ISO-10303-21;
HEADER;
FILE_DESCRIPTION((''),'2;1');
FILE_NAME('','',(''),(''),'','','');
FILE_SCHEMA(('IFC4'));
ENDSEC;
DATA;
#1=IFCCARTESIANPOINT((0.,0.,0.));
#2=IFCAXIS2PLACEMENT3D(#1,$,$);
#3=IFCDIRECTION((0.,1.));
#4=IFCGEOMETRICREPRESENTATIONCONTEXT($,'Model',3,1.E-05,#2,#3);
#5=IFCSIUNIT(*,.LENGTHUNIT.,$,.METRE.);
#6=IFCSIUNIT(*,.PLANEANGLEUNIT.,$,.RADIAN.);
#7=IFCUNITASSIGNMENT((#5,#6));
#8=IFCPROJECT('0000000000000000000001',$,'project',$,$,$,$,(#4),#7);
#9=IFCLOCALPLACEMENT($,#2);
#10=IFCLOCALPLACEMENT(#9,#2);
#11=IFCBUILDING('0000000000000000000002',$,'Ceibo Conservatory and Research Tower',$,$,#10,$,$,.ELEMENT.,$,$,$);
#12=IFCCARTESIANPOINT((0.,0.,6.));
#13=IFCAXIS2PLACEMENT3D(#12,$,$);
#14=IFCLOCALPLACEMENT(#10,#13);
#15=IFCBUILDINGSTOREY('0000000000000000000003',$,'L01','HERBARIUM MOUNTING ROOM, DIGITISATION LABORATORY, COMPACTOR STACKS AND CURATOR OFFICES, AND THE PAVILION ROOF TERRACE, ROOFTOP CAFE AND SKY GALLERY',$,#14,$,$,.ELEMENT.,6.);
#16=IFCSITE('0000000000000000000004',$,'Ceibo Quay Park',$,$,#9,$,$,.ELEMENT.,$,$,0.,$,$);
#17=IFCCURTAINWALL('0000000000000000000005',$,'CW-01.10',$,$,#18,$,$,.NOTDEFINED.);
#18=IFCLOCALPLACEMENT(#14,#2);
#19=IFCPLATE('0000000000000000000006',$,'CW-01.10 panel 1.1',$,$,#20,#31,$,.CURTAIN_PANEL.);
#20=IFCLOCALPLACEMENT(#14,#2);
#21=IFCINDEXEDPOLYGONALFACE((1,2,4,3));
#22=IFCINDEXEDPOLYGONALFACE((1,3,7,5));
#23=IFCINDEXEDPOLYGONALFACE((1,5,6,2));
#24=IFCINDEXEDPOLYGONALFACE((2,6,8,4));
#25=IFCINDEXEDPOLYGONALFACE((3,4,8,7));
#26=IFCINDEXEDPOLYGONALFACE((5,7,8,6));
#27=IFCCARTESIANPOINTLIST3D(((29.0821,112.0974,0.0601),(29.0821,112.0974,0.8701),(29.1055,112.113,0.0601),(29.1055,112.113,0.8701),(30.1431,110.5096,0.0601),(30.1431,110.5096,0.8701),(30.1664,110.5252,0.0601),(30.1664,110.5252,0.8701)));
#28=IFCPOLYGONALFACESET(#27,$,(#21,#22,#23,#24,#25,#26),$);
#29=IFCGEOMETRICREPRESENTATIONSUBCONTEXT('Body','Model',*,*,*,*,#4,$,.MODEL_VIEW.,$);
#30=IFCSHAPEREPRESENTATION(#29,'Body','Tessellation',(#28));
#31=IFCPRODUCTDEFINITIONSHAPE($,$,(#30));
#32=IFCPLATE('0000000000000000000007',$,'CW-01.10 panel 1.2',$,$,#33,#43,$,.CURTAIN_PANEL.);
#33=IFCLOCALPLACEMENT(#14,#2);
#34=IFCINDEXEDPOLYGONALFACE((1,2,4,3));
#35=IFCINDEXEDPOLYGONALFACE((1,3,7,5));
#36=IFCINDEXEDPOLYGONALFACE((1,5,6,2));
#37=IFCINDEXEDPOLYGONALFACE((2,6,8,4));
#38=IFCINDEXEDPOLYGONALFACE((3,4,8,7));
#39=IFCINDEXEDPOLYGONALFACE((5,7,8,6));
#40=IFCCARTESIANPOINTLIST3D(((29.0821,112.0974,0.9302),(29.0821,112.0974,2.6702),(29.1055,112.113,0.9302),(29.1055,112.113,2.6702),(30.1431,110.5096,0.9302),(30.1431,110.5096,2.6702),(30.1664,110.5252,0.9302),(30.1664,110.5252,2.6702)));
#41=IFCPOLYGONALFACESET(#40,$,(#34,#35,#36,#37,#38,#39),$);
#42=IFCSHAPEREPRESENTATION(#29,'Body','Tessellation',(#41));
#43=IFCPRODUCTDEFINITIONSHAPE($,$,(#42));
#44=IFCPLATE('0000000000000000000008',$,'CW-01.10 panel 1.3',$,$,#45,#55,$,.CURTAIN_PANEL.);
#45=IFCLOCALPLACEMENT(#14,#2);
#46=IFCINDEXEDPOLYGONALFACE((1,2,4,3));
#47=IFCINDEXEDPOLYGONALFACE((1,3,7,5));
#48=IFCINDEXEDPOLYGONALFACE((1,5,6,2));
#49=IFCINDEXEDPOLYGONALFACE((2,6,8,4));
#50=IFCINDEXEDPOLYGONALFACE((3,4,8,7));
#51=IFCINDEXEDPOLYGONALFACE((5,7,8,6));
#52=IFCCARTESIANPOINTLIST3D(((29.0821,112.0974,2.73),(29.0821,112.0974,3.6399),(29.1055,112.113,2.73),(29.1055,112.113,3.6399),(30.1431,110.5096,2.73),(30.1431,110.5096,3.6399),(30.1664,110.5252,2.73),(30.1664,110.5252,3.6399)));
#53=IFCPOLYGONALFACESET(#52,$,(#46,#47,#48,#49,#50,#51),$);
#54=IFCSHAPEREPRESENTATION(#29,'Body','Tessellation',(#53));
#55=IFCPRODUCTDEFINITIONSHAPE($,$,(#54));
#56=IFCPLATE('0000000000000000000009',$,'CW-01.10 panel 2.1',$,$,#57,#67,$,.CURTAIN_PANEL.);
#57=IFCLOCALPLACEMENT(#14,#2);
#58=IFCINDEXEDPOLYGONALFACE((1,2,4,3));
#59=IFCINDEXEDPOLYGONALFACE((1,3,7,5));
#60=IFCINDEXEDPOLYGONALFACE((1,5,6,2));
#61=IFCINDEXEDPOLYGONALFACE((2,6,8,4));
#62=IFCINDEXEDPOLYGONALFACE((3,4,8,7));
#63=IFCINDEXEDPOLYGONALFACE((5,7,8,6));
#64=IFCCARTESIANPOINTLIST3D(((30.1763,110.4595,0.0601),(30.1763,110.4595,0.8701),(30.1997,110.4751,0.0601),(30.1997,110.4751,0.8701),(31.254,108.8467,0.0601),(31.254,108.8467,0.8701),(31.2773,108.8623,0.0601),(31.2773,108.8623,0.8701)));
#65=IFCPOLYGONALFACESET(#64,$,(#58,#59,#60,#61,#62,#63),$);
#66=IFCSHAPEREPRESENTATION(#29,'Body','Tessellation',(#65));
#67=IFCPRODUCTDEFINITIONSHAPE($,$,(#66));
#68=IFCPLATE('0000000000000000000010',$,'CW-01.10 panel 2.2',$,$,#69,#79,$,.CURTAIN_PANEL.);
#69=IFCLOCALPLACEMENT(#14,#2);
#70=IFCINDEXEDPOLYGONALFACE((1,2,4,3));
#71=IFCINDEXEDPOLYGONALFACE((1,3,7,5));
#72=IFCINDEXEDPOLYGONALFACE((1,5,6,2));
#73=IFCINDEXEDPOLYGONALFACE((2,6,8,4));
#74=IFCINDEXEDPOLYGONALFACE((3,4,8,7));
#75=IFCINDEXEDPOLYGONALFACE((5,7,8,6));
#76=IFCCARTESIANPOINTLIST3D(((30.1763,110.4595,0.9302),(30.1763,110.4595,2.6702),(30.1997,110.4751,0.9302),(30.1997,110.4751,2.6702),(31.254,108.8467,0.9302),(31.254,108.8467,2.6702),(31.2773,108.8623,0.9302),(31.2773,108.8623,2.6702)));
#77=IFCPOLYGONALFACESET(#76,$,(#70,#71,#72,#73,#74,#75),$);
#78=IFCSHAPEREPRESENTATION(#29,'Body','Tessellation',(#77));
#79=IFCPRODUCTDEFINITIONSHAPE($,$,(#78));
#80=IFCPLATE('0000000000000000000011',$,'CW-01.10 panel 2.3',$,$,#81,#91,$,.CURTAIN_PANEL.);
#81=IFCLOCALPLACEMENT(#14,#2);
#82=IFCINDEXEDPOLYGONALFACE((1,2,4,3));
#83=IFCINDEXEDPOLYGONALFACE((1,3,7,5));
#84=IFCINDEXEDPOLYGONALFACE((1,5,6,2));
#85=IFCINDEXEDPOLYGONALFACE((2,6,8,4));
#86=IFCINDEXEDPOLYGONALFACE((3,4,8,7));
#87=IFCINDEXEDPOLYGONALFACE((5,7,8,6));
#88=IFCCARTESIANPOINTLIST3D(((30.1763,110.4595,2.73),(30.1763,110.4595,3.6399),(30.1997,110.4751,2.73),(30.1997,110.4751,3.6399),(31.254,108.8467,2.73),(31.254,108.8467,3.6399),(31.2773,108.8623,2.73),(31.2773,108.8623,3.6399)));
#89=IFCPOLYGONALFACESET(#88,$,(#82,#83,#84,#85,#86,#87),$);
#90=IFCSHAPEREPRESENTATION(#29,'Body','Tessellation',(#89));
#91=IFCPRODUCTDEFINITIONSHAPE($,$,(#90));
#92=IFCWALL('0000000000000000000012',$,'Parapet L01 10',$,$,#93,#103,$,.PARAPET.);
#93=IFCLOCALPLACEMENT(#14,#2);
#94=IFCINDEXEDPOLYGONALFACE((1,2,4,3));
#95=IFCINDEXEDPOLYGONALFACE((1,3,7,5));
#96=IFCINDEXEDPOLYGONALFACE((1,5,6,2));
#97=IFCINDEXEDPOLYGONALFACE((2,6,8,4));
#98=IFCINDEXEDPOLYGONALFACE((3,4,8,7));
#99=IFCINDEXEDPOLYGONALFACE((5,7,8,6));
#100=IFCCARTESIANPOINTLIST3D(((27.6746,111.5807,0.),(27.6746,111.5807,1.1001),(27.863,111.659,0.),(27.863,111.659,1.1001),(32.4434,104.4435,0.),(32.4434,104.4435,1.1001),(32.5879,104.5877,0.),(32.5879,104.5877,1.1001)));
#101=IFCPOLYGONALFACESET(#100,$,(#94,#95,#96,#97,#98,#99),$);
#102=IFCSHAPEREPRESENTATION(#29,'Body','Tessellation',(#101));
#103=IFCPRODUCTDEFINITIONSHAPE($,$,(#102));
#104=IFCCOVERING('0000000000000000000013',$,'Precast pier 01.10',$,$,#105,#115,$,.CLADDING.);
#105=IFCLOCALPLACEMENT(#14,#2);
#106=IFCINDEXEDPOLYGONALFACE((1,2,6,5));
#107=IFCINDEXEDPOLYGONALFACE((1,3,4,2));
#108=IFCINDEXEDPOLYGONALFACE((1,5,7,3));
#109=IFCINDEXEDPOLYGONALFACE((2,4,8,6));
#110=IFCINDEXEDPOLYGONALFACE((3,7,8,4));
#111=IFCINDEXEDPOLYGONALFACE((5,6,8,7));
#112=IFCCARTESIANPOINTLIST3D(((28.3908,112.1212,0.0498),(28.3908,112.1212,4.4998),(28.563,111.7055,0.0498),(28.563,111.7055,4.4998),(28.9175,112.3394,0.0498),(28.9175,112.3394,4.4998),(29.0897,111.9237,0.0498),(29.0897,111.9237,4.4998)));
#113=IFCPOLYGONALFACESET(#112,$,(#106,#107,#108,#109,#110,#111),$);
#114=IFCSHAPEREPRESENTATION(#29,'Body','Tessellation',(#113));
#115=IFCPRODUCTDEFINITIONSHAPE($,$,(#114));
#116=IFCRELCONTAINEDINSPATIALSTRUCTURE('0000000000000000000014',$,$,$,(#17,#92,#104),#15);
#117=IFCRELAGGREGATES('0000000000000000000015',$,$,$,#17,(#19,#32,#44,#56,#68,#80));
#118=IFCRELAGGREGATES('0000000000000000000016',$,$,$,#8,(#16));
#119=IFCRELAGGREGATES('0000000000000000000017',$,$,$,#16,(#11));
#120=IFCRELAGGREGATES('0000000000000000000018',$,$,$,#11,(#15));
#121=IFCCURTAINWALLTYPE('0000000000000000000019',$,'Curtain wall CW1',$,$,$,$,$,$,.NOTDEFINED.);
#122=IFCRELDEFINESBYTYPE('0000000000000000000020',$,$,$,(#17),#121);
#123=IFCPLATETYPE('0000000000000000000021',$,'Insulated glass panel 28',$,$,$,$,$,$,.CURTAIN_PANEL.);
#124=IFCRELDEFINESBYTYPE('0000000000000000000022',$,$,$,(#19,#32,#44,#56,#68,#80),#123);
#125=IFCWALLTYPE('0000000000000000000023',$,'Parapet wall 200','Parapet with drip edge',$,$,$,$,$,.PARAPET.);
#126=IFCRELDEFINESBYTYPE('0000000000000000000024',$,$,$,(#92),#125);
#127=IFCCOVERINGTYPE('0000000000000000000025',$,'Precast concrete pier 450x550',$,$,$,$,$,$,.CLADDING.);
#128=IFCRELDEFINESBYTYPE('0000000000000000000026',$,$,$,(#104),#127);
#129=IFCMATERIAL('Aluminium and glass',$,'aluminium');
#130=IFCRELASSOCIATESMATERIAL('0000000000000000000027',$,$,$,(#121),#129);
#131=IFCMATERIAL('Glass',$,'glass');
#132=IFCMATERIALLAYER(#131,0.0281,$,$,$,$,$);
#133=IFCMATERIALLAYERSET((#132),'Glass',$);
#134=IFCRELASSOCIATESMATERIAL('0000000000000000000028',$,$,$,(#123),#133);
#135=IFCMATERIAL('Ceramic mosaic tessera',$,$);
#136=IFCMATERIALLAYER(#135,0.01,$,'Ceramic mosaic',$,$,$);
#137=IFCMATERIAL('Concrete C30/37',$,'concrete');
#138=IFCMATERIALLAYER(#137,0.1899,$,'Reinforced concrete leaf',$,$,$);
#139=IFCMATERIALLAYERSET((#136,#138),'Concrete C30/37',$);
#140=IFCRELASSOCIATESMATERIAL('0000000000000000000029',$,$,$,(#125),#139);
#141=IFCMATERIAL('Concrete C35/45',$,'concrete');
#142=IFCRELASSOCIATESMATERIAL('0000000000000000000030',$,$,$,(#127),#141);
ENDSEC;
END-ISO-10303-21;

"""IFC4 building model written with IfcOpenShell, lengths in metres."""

from ifc_helpers import new_model, si_unit, direction, frame, origin, origin_2d, place, context, subcontext, project, spatial, polyline, rectangle, outline, extrude, material, layer, layer_set, type_object, element, aggregate, save


model = new_model("IFC4")

# Units and contexts
model_context = context("Model", 3, precision=1e-05, world=origin(), true_north=direction((0.0, 1.0)))
body_context = subcontext(model_context, "Body", "Model", "MODEL_VIEW")
ifc_project = project(units=[si_unit("LENGTHUNIT", "METRE"), si_unit("PLANEANGLEUNIT", "RADIAN")], contexts=[model_context])

# Site, building, storey
site_placement = place(None, origin())
site = spatial("IfcSite", under=ifc_project, at=site_placement, Name="Ceibo Quay Park", CompositionType="ELEMENT", RefElevation=0.0)
building_placement = place(site_placement, origin())
building = spatial("IfcBuilding", under=site, at=building_placement, Name="Ceibo Conservatory and Research Tower", CompositionType="ELEMENT")
storey_placement = place(building_placement, frame((0.0, 0.0, 6.0)))
storey = spatial("IfcBuildingStorey", under=building, at=storey_placement, Name="L01", Description="HERBARIUM MOUNTING ROOM, DIGITISATION LABORATORY, COMPACTOR STACKS AND CURATOR OFFICES, AND THE PAVILION ROOF TERRACE, ROOFTOP CAFE AND SKY GALLERY", CompositionType="ELEMENT", Elevation=6.0)

# Curtain wall
ifc_material_1 = material(Name="Aluminium and glass", Category="aluminium")
curtain_wall_type = type_object("IfcCurtainWallType", Name="Curtain wall CW1", PredefinedType="NOTDEFINED", material=ifc_material_1)
curtain_wall_placement = place(storey_placement, origin())
curtain_wall = element("IfcCurtainWall", 1, at=curtain_wall_placement, inside=storey, type_object=curtain_wall_type, Name="CW-01.10", PredefinedType="NOTDEFINED")

# Shared definitions
ifc_material_2 = material(Name="Concrete C35/45", Category="concrete")

# Plates
ifc_material_3 = material(Name="Glass", Category="glass")
ifc_layer_1 = layer(ifc_material_3, 0.0281)
ifc_layer_set_1 = layer_set([ifc_layer_1], Name="Glass")
plate_type = type_object("IfcPlateType", Name="Insulated glass panel 28", PredefinedType="CURTAIN_PANEL", material=ifc_layer_set_1)
plate_1_placement = place(storey_placement, frame((29.6243, 111.3113, 0.0601), z_axis=(0.0, 0.0, 1.0), x_axis=(0.55557, -0.83147, 0.0)))
plate_1 = element("IfcPlate", 2, at=plate_1_placement, type_object=plate_type, Name="CW-01.10 panel 1.1", PredefinedType="CURTAIN_PANEL", context=body_context, shape_type="SweptSolid", body=[
    extrude(rectangle(XDim=1.9097, YDim=0.0281, at=origin_2d()), origin(), (0.0, 0.0, 1.0), 0.8101),
])
plate_2_placement = place(storey_placement, frame((29.6243, 111.3113, 0.9302), z_axis=(0.0, 0.0, 1.0), x_axis=(0.55557, -0.83147, 0.0)))
plate_2 = element("IfcPlate", 3, at=plate_2_placement, type_object=plate_type, Name="CW-01.10 panel 1.2", PredefinedType="CURTAIN_PANEL", context=body_context, shape_type="SweptSolid", body=[
    extrude(rectangle(XDim=1.9097, YDim=0.0281, at=origin_2d()), origin(), (0.0, 0.0, 1.0), 1.74),
])
plate_3_placement = place(storey_placement, frame((29.6243, 111.3113, 2.73), z_axis=(0.0, 0.0, 1.0), x_axis=(0.55557, -0.83147, 0.0)))
plate_3 = element("IfcPlate", 4, at=plate_3_placement, type_object=plate_type, Name="CW-01.10 panel 1.3", PredefinedType="CURTAIN_PANEL", context=body_context, shape_type="SweptSolid", body=[
    extrude(rectangle(XDim=1.9097, YDim=0.0281, at=origin_2d()), origin(), (0.0, 0.0, 1.0), 0.9099),
])
plate_4_placement = place(storey_placement, frame((30.7268, 109.6609, 0.0601), z_axis=(0.0, 0.0, 1.0), x_axis=(0.55557, -0.83147, 0.0)))
plate_4 = element("IfcPlate", 5, at=plate_4_placement, type_object=plate_type, Name="CW-01.10 panel 2.1", PredefinedType="CURTAIN_PANEL", context=body_context, shape_type="SweptSolid", body=[
    extrude(rectangle(XDim=1.9397, YDim=0.0281, at=origin_2d()), origin(), (0.0, 0.0, 1.0), 0.8101),
])
plate_5_placement = place(storey_placement, frame((30.7268, 109.6609, 0.9302), z_axis=(0.0, 0.0, 1.0), x_axis=(0.55557, -0.83147, 0.0)))
plate_5 = element("IfcPlate", 6, at=plate_5_placement, type_object=plate_type, Name="CW-01.10 panel 2.2", PredefinedType="CURTAIN_PANEL", context=body_context, shape_type="SweptSolid", body=[
    extrude(rectangle(XDim=1.9397, YDim=0.0281, at=origin_2d()), origin(), (0.0, 0.0, 1.0), 1.74),
])
plate_6_placement = place(storey_placement, frame((30.7268, 109.6609, 2.73), z_axis=(0.0, 0.0, 1.0), x_axis=(0.55557, -0.83147, 0.0)))
plate_6 = element("IfcPlate", 7, at=plate_6_placement, type_object=plate_type, Name="CW-01.10 panel 2.3", PredefinedType="CURTAIN_PANEL", context=body_context, shape_type="SweptSolid", body=[
    extrude(rectangle(XDim=1.9397, YDim=0.0281, at=origin_2d()), origin(), (0.0, 0.0, 1.0), 0.9099),
])
aggregate(curtain_wall, [plate_1, plate_2, plate_3, plate_4, plate_5, plate_6])

# Wall
ifc_material_4 = material(Name="Ceramic mosaic tessera")
ifc_layer_2 = layer(ifc_material_4, 0.01, Name="Ceramic mosaic")
ifc_material_5 = material(Name="Concrete C30/37", Category="concrete")
ifc_layer_3 = layer(ifc_material_5, 0.1899, Name="Reinforced concrete leaf")
ifc_layer_set_2 = layer_set([ifc_layer_2, ifc_layer_3], Name="Concrete C30/37")
wall_type = type_object("IfcWallType", Name="Parapet wall 200", Description="Parapet with drip edge", PredefinedType="PARAPET", material=ifc_layer_set_2)
wall_placement = place(storey_placement, frame((27.7688, 111.6199, 0.0), z_axis=(0.0, 0.0, 1.0), x_axis=(0.555564, -0.831474, 0.0)))
element("IfcWall", 8, at=wall_placement, inside=storey, type_object=wall_type, Name="Parapet L01 10", PredefinedType="PARAPET", context=body_context, shape_type="SweptSolid", body=[
    extrude(outline(polyline([(-0.0198, -0.1001), (8.564, -0.1001), (8.5244, 0.1001), (0.0198, 0.1001), (-0.0198, -0.1001)])), origin(), (0.0, 0.0, 1.0), 1.1001),
])

# Covering
covering_type = type_object("IfcCoveringType", Name="Precast concrete pier 450x550", PredefinedType="CLADDING", material=ifc_material_2)
covering_placement = place(storey_placement, frame((28.7402, 112.0225, 0.0498), z_axis=(0.0, 0.0, 1.0), x_axis=(-0.92388, -0.382683, 0.0)))
element("IfcCovering", 9, at=covering_placement, inside=storey, type_object=covering_type, Name="Precast pier 01.10", PredefinedType="CLADDING", context=body_context, shape_type="SweptSolid", body=[
    extrude(rectangle(XDim=0.5701, YDim=0.45, at=origin_2d()), origin(), (0.0, 0.0, 1.0), 4.45),
])

save(model, "model.ifc")
